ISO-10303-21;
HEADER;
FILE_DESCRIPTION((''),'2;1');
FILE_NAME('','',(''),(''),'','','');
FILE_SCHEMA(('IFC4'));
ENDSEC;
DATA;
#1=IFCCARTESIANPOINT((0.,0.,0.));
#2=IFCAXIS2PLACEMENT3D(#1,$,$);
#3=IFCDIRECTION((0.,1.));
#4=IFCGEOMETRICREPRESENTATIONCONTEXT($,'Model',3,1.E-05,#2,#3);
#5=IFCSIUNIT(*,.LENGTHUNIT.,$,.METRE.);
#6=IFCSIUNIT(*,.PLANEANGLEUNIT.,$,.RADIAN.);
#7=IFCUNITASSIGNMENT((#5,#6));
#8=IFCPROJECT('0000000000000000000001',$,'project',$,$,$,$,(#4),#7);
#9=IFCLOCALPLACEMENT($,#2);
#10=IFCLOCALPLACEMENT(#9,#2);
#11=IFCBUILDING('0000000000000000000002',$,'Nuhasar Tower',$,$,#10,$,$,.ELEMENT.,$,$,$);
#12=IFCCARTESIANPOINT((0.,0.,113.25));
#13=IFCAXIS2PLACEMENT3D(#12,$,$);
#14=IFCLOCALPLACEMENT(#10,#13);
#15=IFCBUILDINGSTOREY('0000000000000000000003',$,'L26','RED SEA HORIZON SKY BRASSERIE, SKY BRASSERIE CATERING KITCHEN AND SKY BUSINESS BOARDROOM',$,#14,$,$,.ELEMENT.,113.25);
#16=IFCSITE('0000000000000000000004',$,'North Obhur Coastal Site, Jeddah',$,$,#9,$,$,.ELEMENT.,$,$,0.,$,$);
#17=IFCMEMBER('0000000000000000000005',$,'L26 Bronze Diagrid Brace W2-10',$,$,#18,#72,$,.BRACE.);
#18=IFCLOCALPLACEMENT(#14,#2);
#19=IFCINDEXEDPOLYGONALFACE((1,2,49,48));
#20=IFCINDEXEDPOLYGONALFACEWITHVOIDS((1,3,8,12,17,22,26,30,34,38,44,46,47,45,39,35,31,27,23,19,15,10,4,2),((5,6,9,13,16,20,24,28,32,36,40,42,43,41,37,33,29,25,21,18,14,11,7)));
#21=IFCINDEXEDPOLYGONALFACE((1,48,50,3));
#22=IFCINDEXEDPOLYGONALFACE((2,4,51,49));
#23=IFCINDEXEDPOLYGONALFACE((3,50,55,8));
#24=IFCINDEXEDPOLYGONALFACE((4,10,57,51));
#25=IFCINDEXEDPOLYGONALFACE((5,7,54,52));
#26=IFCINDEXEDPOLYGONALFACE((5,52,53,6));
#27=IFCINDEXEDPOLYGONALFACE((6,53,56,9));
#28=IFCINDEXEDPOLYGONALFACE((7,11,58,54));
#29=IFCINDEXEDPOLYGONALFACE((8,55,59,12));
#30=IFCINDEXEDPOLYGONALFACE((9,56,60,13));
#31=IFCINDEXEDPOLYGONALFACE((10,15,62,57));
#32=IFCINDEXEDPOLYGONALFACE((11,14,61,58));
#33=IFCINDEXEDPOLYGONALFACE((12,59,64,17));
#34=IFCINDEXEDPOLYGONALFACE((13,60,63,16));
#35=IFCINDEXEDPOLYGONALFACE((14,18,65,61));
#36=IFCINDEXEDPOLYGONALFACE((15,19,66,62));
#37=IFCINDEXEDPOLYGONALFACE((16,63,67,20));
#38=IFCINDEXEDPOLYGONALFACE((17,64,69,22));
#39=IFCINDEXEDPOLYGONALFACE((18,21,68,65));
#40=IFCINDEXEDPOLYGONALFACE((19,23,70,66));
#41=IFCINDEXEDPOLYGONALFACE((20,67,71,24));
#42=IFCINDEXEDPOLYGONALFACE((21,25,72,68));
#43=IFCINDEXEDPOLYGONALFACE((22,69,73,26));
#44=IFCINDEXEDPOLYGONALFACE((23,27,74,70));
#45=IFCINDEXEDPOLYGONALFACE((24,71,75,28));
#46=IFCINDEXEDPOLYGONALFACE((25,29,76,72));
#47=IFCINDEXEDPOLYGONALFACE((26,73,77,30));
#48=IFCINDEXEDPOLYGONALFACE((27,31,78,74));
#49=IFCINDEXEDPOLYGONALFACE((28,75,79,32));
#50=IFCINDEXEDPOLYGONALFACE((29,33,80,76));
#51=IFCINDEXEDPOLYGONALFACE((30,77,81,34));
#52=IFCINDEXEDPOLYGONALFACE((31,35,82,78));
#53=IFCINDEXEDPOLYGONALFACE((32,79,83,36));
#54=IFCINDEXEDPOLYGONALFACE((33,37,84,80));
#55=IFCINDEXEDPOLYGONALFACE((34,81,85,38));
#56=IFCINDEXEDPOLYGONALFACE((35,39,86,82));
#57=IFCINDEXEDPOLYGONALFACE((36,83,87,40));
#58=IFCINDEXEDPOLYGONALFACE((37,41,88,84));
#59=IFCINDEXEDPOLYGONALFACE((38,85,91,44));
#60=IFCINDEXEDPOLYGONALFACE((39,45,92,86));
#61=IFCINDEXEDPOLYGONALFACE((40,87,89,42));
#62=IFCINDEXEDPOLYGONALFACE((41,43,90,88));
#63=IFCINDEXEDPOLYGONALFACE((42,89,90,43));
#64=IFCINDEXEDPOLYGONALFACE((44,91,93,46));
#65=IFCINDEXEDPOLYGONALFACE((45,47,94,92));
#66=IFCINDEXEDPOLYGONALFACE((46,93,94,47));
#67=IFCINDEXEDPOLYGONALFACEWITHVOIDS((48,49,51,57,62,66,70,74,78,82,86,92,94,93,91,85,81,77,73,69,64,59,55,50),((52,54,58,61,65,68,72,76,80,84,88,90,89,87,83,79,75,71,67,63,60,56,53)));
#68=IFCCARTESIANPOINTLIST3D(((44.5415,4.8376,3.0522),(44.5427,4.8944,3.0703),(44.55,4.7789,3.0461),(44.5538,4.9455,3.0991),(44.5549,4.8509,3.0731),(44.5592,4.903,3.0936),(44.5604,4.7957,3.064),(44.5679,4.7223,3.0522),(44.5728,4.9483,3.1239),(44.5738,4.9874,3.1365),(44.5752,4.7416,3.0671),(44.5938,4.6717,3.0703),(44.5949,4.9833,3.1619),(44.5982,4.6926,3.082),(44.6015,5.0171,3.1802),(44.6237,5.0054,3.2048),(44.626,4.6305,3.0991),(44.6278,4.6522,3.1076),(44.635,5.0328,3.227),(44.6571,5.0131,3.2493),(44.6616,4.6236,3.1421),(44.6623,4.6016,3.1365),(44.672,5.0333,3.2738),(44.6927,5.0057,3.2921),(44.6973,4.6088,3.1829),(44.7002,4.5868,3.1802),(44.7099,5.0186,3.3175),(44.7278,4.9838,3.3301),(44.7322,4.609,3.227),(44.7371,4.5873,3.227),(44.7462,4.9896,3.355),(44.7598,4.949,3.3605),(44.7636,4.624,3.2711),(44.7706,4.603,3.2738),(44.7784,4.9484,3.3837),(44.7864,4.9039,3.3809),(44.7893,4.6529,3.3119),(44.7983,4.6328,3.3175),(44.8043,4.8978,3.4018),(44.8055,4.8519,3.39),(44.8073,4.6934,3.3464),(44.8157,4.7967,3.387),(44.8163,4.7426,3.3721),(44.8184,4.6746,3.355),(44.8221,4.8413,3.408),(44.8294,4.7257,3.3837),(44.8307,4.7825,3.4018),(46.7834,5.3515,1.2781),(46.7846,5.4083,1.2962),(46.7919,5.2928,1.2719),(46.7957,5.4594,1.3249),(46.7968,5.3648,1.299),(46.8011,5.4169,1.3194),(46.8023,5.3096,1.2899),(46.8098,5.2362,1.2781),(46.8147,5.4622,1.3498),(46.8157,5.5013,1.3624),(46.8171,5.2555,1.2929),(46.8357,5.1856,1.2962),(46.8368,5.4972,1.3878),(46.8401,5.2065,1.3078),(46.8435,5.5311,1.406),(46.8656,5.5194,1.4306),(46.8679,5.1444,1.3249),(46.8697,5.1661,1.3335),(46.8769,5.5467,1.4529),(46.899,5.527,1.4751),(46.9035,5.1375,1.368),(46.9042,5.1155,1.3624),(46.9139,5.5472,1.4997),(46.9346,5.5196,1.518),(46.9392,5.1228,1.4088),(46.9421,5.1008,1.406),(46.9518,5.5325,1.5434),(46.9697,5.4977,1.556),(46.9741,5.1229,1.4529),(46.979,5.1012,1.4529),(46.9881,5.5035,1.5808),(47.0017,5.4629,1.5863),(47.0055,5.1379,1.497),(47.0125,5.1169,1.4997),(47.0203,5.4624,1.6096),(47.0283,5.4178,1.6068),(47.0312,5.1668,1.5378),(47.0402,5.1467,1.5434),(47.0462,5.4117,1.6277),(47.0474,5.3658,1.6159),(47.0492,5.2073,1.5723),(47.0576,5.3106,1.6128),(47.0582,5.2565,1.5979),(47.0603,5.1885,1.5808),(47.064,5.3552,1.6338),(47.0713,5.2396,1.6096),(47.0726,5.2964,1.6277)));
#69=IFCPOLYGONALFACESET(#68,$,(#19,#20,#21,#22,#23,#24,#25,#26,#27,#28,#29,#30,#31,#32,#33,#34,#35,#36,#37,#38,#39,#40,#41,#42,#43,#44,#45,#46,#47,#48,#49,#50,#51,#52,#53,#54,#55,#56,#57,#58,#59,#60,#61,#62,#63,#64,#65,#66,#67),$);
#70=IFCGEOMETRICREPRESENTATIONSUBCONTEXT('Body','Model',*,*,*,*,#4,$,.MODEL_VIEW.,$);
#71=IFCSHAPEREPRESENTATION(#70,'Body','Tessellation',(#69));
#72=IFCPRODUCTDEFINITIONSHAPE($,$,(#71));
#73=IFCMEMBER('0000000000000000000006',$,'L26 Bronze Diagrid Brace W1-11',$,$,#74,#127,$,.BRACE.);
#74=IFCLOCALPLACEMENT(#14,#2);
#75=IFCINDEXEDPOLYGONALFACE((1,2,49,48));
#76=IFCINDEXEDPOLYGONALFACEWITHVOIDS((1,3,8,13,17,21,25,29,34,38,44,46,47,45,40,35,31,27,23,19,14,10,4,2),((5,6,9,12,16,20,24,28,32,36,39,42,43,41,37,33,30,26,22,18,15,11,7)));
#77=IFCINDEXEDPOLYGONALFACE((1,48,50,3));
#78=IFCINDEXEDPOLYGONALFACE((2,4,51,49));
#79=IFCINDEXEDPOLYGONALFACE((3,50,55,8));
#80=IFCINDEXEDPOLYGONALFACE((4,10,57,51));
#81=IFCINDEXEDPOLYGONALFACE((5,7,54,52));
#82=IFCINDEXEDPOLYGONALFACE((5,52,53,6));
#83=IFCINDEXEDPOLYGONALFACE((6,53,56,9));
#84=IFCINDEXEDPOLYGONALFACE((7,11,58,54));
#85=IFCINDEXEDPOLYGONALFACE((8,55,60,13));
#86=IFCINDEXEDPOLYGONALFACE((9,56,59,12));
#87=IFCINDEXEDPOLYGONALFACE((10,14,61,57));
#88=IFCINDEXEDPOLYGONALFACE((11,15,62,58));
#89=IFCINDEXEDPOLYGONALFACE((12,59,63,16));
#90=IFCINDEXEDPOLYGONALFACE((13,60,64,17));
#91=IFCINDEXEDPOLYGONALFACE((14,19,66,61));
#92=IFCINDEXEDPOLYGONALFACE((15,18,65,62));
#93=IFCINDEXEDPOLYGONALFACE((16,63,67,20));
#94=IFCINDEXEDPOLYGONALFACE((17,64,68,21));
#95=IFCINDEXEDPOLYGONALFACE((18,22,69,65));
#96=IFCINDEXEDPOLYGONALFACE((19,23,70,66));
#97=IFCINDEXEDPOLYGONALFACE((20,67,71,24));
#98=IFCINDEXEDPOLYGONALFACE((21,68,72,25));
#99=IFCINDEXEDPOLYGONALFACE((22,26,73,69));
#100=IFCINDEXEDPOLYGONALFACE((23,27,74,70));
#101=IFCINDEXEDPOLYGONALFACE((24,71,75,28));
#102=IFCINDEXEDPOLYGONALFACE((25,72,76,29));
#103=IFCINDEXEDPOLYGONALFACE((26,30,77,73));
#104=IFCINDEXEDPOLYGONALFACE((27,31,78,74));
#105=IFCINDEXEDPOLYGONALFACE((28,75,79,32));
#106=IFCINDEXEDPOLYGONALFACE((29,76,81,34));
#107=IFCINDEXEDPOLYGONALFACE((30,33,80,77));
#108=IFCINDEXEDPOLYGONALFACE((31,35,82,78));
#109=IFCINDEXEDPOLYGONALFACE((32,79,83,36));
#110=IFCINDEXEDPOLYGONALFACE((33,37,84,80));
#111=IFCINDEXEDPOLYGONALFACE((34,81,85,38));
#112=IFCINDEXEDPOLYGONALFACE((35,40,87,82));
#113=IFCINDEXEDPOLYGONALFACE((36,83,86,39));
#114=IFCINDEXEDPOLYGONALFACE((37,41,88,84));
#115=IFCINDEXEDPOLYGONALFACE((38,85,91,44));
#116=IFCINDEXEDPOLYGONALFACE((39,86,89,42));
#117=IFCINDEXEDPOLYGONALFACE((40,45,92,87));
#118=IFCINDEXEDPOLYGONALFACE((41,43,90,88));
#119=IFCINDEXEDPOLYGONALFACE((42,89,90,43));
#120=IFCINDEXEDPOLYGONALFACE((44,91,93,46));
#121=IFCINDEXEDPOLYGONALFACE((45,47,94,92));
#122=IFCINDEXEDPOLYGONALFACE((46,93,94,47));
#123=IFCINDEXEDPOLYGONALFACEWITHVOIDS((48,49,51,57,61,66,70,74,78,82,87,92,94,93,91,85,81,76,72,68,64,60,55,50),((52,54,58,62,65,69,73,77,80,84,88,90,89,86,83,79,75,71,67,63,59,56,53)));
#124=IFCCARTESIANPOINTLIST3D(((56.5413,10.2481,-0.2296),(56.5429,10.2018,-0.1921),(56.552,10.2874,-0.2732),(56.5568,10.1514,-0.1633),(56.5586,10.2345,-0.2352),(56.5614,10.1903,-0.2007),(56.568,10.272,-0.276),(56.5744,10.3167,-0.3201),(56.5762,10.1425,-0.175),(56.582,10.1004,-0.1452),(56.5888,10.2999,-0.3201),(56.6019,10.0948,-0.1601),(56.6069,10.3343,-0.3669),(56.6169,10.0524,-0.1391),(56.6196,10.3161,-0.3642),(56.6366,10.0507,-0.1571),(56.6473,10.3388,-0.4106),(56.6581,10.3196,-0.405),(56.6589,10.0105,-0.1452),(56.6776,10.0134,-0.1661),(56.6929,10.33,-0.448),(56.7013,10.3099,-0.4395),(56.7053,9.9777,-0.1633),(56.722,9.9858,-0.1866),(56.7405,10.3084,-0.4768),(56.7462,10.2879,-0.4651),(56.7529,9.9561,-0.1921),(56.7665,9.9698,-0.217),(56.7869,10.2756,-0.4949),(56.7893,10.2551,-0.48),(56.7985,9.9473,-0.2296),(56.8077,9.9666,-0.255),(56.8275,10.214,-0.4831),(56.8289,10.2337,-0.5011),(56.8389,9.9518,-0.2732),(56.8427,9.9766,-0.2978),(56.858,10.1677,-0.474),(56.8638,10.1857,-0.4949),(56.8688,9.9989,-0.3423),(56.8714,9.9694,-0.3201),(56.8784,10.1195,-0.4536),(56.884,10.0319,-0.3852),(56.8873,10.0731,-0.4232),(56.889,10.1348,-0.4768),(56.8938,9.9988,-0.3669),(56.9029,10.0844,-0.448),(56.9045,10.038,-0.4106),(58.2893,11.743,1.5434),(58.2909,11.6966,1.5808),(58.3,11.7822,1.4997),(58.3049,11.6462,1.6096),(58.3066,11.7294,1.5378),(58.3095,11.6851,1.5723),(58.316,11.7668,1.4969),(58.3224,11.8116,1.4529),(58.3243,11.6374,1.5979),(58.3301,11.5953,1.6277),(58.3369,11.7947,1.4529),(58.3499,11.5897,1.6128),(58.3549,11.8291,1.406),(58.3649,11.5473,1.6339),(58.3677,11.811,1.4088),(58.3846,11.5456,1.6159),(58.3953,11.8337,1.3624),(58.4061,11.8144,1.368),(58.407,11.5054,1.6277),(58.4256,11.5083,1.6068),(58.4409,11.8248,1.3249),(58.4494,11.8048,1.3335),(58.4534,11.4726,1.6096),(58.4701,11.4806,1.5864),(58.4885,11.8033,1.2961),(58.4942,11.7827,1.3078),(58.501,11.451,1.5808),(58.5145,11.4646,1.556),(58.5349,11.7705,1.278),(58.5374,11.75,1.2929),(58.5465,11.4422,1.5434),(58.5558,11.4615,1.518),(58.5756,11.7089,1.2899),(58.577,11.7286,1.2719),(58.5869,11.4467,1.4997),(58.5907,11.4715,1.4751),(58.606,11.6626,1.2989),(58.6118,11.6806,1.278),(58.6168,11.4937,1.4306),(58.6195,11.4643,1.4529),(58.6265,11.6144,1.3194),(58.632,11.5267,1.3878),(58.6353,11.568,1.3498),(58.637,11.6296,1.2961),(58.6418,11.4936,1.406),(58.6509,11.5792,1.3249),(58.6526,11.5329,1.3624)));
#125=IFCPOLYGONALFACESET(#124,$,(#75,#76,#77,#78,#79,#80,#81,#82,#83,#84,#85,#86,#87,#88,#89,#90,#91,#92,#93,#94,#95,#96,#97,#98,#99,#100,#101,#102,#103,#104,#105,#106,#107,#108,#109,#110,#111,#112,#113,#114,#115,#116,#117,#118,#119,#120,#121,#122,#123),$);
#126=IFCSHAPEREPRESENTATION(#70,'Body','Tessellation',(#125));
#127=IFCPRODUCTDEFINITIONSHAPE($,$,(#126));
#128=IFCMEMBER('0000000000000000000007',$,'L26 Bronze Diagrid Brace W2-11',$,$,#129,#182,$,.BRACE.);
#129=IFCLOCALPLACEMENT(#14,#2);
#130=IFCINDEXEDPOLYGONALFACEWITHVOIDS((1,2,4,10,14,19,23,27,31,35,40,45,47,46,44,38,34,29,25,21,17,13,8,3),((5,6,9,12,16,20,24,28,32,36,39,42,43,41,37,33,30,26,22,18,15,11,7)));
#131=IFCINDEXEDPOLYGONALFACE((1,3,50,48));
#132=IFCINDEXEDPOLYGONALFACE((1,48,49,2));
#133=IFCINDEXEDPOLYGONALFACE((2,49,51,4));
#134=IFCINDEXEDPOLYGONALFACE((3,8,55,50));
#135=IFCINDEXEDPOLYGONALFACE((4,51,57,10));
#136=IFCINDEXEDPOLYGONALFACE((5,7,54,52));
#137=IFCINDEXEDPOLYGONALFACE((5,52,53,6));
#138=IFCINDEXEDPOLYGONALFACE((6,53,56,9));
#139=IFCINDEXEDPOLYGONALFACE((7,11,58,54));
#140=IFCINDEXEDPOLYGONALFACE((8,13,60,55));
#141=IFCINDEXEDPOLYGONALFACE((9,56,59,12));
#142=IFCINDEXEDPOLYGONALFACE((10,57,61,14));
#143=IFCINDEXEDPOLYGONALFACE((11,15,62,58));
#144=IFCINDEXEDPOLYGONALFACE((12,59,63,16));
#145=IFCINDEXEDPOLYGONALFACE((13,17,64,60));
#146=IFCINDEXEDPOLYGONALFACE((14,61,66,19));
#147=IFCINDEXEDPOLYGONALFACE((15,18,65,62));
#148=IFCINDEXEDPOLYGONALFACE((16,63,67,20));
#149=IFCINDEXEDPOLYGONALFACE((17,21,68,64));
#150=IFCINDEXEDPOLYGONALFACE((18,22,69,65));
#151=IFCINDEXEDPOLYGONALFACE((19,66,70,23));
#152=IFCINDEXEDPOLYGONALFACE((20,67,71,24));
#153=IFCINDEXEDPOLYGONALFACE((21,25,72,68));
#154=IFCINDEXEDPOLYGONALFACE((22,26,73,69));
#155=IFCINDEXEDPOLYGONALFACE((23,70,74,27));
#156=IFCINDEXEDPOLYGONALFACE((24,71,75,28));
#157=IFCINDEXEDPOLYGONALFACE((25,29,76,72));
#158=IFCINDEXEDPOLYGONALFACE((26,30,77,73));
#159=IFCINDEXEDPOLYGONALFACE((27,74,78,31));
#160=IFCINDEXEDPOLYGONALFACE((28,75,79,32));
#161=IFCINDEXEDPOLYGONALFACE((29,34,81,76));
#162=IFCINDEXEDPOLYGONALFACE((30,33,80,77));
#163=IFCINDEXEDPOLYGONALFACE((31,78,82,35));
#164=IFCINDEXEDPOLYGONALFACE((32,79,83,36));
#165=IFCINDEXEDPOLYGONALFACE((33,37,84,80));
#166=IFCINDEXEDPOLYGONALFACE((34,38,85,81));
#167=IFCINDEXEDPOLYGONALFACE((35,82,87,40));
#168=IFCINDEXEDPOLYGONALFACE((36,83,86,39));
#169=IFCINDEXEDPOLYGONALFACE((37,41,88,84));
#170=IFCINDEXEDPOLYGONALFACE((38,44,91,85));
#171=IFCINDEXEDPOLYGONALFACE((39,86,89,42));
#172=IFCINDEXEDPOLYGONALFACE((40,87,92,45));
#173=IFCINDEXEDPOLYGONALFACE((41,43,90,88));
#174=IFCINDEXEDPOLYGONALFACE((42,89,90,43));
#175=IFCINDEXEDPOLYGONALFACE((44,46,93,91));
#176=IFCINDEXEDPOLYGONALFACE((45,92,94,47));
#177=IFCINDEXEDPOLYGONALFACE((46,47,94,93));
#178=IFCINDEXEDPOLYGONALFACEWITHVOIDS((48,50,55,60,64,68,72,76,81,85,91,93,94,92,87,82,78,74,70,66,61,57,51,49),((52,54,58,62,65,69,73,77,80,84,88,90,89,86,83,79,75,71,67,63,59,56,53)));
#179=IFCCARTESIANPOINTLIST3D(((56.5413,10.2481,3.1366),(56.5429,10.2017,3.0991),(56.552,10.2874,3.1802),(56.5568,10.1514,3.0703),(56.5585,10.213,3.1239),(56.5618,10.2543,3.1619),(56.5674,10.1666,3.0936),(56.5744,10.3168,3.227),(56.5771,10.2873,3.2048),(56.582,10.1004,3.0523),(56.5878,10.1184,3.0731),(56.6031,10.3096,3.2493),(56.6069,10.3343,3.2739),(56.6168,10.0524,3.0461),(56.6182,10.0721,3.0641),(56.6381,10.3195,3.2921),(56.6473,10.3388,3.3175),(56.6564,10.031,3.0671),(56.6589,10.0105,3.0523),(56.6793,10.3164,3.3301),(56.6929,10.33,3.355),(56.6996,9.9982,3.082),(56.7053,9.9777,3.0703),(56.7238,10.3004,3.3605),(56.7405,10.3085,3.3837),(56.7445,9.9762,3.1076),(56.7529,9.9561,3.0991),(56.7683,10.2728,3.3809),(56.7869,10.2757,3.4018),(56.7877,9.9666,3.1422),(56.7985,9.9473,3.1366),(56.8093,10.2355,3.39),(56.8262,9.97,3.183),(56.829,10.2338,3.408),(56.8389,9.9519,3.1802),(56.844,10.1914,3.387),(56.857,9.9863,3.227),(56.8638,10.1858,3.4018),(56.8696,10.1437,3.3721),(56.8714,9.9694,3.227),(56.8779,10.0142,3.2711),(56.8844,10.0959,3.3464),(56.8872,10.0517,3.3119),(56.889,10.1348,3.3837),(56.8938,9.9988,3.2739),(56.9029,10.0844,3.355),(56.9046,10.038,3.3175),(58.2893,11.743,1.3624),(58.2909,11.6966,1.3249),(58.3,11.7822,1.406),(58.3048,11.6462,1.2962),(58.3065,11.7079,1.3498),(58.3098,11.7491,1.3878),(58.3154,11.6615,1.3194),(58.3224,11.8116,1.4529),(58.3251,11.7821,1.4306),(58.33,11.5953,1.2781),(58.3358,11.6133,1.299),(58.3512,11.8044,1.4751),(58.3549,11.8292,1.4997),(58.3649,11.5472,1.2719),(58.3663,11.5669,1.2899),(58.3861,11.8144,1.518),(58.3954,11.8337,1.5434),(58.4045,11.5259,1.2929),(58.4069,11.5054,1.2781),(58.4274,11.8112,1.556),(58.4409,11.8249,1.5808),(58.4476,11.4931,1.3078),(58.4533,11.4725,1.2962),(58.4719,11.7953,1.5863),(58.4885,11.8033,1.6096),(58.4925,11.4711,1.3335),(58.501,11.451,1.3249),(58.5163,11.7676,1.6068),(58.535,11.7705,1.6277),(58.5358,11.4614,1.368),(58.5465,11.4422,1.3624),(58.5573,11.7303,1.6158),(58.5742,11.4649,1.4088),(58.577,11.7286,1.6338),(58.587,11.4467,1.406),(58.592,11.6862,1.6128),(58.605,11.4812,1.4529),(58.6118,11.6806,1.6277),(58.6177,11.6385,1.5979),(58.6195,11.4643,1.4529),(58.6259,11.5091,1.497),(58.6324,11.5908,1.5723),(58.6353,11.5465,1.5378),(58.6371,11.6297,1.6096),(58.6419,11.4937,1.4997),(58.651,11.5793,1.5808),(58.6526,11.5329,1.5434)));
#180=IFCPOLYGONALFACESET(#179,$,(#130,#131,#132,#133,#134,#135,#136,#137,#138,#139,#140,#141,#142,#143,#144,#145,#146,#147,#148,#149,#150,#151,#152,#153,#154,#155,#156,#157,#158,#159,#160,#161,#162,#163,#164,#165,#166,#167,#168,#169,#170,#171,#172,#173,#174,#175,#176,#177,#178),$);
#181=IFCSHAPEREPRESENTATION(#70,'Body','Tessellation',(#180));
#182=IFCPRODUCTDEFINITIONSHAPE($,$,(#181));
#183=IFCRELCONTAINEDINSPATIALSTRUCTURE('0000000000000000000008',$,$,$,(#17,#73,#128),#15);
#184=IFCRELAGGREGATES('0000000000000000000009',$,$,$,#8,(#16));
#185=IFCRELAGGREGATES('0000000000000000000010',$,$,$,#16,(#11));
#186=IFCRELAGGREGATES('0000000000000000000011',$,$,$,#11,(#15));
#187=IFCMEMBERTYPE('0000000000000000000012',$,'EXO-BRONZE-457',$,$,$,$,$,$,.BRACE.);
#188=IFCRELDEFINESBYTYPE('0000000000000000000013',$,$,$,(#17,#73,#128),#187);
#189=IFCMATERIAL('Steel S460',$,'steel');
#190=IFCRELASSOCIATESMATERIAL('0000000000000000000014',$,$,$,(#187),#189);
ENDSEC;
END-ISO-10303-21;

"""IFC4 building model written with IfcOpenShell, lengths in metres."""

from ifc_helpers import new_model, si_unit, direction, frame, origin, origin_2d, place, context, subcontext, project, spatial, hollow_circle, extrude, material, material_profile, profile_set, type_object, element, save


model = new_model("IFC4")

# Units and contexts
model_context = context("Model", 3, precision=1e-05, world=origin(), true_north=direction((0.0, 1.0)))
body_context = subcontext(model_context, "Body", "Model", "MODEL_VIEW")
ifc_project = project(units=[si_unit("LENGTHUNIT", "METRE"), si_unit("PLANEANGLEUNIT", "RADIAN")], contexts=[model_context])

# Site, building, storey
site_placement = place(None, origin())
site = spatial("IfcSite", under=ifc_project, at=site_placement, Name="North Obhur Coastal Site, Jeddah", CompositionType="ELEMENT", RefElevation=0.0)
building_placement = place(site_placement, origin())
building = spatial("IfcBuilding", under=site, at=building_placement, Name="Nuhasar Tower", CompositionType="ELEMENT")
storey_placement = place(building_placement, frame((0.0, 0.0, 113.25)))
storey = spatial("IfcBuildingStorey", under=building, at=storey_placement, Name="L26", Description="RED SEA HORIZON SKY BRASSERIE, SKY BRASSERIE CATERING KITCHEN AND SKY BUSINESS BOARDROOM", CompositionType="ELEMENT", Elevation=113.25)

# Shared definitions
ifc_material_1 = material(Name="Steel S460", Category="steel")

# Members
ifc_material_profile_1 = material_profile(ifc_material_1, hollow_circle(Radius=0.2285, WallThickness=0.0222, at=origin_2d()), Name="HSS457X22.2")
ifc_profile_set_1 = profile_set([ifc_material_profile_1], Name="Steel S460")
member_type_1 = type_object("IfcMemberType", Name="EXO-BRONZE-457", PredefinedType="BRACE", material=ifc_profile_set_1)
member_1_placement = place(storey_placement, frame((46.928, 5.324, 1.4529), z_axis=(-0.771796, -0.176917, 0.610763), x_axis=(0.223433, -0.974719, 0.0)))
element("IfcMember", 1, at=member_1_placement, inside=storey, type_object=member_type_1, Name="L26 Bronze Diagrid Brace W2-10", PredefinedType="BRACE", context=body_context, shape_type="SweptSolid", body=[
    extrude(hollow_circle(Radius=0.2285, WallThickness=0.0222, at=origin_2d()), origin(), (0.0, 0.0, 1.0), 2.9048),
])
member_2_placement = place(storey_placement, frame((56.7229, 10.1431, -0.3201), z_axis=(0.601929, 0.51475, 0.610504), x_axis=(-0.649926, 0.759998, 0.0)))
element("IfcMember", 2, at=member_2_placement, inside=storey, type_object=member_type_1, Name="L26 Bronze Diagrid Brace W1-11", PredefinedType="BRACE", context=body_context, shape_type="SweptSolid", body=[
    extrude(hollow_circle(Radius=0.2285, WallThickness=0.0222, at=origin_2d()), origin(), (0.0, 0.0, 1.0), 2.9041),
])
member_3_placement = place(storey_placement, frame((58.4709, 11.6379, 1.4529), z_axis=(-0.601774, -0.514618, 0.610767), x_axis=(0.649926, -0.759998, 0.0)))
element("IfcMember", 3, at=member_3_placement, inside=storey, type_object=member_type_1, Name="L26 Bronze Diagrid Brace W2-11", PredefinedType="BRACE", context=body_context, shape_type="SweptSolid", body=[
    extrude(hollow_circle(Radius=0.2285, WallThickness=0.0222, at=origin_2d()), origin(), (0.0, 0.0, 1.0), 2.9048),
])

save(model, "model.ifc")
